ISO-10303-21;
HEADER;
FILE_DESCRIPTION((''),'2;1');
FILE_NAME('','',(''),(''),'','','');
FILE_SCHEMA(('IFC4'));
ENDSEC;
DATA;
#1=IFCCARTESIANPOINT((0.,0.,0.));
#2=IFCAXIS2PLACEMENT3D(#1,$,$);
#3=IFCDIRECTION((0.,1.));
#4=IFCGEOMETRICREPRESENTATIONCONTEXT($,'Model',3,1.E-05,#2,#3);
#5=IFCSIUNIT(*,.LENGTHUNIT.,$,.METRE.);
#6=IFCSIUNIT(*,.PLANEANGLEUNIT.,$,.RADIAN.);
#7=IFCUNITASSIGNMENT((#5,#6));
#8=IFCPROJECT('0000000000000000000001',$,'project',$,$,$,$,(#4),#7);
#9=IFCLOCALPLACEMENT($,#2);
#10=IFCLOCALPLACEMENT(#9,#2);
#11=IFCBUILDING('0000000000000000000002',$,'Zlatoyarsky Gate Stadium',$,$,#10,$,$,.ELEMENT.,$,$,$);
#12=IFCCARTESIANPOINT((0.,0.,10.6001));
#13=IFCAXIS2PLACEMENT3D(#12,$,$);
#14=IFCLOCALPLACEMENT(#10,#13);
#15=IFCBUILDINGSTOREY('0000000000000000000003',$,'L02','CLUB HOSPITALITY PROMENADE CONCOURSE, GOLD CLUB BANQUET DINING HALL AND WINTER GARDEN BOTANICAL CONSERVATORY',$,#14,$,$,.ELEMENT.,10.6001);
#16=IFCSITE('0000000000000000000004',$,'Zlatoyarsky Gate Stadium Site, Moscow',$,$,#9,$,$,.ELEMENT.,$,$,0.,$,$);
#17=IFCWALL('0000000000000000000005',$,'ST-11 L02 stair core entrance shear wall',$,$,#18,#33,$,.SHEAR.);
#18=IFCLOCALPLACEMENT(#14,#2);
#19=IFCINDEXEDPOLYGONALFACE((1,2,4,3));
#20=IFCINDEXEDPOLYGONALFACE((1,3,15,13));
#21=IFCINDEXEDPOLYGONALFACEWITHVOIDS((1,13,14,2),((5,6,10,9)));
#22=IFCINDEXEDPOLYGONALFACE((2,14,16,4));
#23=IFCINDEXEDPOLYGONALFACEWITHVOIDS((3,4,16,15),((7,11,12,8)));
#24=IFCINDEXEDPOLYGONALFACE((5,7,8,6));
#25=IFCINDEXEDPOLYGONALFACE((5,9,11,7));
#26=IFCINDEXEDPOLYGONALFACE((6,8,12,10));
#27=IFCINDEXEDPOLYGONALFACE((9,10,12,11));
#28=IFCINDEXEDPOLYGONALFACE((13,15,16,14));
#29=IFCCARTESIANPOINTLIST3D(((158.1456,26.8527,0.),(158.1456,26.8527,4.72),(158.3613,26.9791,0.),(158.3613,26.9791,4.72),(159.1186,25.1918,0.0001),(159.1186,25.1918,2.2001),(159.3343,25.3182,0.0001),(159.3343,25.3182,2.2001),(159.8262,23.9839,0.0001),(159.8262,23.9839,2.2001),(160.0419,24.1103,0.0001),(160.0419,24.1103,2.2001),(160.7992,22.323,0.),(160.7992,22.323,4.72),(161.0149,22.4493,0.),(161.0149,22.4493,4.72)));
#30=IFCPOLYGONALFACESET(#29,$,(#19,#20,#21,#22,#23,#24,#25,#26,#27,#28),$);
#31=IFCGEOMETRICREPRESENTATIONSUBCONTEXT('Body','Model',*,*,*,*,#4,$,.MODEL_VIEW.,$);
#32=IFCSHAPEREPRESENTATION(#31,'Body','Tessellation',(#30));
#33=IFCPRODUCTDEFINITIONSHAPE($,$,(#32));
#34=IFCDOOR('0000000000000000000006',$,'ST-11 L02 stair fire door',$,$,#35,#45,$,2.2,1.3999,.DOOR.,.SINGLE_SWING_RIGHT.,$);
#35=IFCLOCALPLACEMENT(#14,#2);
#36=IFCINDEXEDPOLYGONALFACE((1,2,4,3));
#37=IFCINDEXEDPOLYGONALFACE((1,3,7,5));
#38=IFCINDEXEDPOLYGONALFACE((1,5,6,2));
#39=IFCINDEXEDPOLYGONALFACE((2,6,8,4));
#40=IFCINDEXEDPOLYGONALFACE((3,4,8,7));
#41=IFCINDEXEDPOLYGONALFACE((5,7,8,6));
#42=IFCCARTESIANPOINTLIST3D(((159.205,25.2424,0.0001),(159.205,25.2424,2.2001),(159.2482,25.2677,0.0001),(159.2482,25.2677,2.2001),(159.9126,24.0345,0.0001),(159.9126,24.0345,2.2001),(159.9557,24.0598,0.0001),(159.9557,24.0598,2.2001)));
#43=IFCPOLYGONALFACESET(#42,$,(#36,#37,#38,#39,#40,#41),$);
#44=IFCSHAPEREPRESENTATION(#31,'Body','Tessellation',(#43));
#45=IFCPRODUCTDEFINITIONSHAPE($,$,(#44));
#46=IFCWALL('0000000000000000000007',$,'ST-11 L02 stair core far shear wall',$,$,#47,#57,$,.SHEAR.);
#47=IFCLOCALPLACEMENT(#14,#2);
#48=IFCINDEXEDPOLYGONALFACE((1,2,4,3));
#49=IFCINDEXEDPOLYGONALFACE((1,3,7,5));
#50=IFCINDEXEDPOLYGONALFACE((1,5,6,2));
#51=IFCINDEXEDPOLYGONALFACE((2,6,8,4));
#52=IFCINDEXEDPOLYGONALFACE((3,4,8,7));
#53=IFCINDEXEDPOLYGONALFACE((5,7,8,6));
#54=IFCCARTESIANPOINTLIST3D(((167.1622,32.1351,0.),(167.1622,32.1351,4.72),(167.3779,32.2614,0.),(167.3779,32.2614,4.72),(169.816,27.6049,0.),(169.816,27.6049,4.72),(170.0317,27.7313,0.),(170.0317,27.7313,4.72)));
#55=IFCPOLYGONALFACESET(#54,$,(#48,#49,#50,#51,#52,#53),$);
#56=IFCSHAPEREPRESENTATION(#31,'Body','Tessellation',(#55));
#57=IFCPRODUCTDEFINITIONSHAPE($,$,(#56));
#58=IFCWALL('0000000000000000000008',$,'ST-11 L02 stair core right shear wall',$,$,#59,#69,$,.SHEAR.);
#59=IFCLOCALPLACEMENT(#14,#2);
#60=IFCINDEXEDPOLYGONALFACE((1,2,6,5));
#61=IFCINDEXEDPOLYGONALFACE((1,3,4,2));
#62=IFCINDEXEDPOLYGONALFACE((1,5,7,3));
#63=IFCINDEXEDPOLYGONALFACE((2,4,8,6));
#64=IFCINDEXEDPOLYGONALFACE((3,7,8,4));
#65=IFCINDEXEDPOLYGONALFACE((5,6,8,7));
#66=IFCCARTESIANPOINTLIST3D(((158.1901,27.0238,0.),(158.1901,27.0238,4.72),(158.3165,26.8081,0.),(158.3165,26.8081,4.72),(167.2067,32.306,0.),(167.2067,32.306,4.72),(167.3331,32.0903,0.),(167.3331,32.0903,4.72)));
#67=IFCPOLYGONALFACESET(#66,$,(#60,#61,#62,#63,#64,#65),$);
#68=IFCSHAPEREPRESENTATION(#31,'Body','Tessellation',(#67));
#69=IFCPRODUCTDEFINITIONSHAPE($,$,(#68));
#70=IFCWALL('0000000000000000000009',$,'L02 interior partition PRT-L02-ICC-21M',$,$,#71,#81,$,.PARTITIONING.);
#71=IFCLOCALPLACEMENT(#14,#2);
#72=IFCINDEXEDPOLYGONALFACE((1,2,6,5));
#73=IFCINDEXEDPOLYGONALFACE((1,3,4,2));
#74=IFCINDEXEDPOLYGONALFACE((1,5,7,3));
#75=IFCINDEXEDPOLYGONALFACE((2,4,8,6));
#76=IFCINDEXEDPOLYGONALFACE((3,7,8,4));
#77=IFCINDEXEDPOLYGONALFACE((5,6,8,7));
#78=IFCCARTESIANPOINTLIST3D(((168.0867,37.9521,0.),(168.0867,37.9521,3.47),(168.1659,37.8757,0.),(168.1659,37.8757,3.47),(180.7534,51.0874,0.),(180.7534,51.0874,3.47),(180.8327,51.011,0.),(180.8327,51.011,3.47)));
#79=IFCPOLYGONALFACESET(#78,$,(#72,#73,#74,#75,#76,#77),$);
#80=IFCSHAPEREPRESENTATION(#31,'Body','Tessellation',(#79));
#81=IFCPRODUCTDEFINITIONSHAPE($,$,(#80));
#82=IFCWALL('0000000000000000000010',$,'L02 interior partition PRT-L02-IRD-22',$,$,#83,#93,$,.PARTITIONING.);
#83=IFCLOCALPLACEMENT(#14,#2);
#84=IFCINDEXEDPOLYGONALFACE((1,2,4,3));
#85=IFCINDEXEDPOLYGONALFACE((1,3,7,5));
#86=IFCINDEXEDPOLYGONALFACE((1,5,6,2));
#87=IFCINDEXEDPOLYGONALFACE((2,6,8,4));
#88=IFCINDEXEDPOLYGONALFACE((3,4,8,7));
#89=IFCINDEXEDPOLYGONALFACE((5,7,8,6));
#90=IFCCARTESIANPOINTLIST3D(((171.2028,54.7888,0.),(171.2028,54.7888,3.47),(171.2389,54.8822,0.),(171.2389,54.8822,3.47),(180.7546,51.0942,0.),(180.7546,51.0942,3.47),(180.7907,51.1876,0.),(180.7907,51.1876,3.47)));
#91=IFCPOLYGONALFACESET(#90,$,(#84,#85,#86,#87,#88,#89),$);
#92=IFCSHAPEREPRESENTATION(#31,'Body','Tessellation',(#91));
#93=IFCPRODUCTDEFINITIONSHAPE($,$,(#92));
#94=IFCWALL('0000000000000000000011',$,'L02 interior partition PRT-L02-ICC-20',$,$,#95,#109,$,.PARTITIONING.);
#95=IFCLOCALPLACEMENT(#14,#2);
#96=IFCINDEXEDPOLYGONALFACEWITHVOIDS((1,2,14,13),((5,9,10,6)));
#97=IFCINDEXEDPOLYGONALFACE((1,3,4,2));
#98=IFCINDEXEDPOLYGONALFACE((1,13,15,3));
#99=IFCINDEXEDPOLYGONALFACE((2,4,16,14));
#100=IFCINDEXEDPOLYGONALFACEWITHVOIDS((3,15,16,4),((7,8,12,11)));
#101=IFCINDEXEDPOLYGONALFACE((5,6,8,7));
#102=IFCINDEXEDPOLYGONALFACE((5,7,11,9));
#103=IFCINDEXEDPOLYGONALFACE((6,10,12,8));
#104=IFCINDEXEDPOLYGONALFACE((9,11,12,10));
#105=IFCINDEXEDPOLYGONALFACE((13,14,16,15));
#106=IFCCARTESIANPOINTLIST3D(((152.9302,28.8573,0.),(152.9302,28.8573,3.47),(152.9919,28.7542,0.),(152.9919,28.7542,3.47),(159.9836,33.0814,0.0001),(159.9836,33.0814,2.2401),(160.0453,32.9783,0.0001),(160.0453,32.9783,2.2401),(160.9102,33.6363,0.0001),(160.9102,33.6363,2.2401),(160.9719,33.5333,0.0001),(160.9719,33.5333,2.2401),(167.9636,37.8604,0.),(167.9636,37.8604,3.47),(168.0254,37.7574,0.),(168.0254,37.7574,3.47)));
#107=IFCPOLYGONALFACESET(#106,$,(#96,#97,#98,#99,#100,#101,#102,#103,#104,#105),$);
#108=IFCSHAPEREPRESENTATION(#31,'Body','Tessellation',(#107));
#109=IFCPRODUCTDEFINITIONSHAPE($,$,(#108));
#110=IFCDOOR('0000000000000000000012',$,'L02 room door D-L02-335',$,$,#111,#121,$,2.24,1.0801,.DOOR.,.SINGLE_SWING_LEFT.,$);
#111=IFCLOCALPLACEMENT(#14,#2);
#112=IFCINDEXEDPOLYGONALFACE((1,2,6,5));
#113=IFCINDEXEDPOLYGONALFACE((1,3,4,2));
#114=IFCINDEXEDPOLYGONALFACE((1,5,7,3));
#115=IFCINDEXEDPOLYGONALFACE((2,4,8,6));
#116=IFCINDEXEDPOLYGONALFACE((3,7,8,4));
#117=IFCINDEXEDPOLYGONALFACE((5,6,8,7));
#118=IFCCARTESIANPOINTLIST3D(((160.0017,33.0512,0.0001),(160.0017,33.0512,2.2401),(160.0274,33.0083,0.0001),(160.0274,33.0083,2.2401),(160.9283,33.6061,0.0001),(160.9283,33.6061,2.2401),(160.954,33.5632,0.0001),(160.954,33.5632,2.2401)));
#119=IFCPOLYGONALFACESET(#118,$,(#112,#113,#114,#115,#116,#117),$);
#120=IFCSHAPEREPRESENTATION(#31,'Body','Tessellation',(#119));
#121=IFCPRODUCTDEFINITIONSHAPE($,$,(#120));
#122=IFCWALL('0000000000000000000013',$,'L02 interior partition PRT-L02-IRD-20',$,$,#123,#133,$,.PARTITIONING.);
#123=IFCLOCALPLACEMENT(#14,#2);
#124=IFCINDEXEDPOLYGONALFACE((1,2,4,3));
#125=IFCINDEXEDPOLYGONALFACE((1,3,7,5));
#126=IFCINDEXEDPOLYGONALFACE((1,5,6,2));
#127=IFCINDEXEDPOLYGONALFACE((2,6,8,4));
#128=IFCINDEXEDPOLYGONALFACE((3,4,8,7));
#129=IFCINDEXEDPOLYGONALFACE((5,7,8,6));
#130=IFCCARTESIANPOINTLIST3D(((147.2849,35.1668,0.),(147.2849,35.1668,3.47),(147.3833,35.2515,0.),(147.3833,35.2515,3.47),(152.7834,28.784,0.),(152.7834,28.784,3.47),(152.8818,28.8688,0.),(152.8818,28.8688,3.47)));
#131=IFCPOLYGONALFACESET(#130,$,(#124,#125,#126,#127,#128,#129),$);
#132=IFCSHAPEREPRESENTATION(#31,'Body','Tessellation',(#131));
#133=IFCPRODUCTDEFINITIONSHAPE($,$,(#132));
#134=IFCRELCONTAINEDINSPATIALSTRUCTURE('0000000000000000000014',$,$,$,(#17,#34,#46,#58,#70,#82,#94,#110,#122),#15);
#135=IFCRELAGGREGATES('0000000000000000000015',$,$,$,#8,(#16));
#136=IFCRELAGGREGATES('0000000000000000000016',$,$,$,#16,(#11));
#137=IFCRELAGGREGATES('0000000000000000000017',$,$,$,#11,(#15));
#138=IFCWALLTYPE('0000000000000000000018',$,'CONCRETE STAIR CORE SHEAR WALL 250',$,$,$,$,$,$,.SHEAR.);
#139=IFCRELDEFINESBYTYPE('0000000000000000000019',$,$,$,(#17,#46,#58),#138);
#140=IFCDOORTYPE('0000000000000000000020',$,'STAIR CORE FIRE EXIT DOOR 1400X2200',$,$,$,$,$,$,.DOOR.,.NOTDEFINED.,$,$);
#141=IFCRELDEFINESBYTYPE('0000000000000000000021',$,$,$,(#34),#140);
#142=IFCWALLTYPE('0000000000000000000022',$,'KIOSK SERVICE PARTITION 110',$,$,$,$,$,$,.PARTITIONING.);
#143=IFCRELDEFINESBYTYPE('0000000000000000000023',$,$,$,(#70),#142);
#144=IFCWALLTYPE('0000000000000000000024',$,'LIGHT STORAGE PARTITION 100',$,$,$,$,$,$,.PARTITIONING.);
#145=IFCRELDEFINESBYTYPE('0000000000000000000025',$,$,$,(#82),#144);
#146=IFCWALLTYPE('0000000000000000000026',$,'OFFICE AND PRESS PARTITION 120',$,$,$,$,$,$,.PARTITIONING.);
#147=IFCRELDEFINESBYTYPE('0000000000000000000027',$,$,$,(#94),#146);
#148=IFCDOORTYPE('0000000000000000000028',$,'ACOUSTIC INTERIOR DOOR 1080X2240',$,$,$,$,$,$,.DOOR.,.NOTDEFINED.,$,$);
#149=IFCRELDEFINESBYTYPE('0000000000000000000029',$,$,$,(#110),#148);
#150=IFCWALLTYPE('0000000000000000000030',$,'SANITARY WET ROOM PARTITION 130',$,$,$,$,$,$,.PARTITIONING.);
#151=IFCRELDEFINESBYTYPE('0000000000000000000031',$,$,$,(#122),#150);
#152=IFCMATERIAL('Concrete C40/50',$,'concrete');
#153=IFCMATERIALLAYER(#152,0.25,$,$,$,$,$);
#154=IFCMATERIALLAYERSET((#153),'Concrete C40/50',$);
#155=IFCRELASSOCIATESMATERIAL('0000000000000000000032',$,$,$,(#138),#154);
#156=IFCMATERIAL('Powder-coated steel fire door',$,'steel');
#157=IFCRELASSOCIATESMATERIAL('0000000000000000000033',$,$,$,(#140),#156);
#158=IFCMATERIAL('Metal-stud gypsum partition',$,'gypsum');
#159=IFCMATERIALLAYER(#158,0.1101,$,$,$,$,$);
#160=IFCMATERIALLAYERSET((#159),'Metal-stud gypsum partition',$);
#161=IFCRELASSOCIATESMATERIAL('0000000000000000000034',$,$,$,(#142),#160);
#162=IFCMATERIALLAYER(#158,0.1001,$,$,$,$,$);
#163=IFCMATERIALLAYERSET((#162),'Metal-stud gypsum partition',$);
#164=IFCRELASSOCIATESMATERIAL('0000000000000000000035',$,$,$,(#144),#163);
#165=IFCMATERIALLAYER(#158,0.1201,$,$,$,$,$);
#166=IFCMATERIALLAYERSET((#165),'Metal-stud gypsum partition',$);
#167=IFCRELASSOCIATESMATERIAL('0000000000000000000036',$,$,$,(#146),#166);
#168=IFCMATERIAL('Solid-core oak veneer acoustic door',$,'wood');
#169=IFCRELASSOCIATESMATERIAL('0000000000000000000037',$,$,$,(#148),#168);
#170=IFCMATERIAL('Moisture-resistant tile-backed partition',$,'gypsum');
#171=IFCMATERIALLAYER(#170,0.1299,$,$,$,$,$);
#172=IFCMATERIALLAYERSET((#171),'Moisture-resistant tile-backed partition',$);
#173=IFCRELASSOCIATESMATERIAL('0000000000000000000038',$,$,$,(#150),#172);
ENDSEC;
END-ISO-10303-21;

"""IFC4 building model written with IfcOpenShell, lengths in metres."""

from ifc_helpers import new_model, si_unit, direction, frame, frame_2d, origin, place, context, subcontext, project, spatial, rectangle, extrude, material, layer, layer_set, type_object, element, fill, save


model = new_model("IFC4")

# Units and contexts
model_context = context("Model", 3, precision=1e-05, world=origin(), true_north=direction((0.0, 1.0)))
body_context = subcontext(model_context, "Body", "Model", "MODEL_VIEW")
ifc_project = project(units=[si_unit("LENGTHUNIT", "METRE"), si_unit("PLANEANGLEUNIT", "RADIAN")], contexts=[model_context])

# Site, building, storey
site_placement = place(None, origin())
site = spatial("IfcSite", under=ifc_project, at=site_placement, Name="Zlatoyarsky Gate Stadium Site, Moscow", CompositionType="ELEMENT", RefElevation=0.0)
building_placement = place(site_placement, origin())
building = spatial("IfcBuilding", under=site, at=building_placement, Name="Zlatoyarsky Gate Stadium", CompositionType="ELEMENT")
storey_placement = place(building_placement, frame((0.0, 0.0, 10.6001)))
storey = spatial("IfcBuildingStorey", under=building, at=storey_placement, Name="L02", Description="CLUB HOSPITALITY PROMENADE CONCOURSE, GOLD CLUB BANQUET DINING HALL AND WINTER GARDEN BOTANICAL CONSERVATORY", CompositionType="ELEMENT", Elevation=10.6001)

# Shared definitions
ifc_material_1 = material(Name="Concrete C40/50", Category="concrete")

# Wall, opening, door
ifc_material_2 = material(Name="Solid-core oak veneer acoustic door", Category="wood")
ifc_layer_1 = layer(ifc_material_1, 0.25)
ifc_layer_set_1 = layer_set([ifc_layer_1], Name="Concrete C40/50")
wall_type_1 = type_object("IfcWallType", Name="CONCRETE STAIR CORE SHEAR WALL 250", PredefinedType="SHEAR", material=ifc_layer_set_1)
wall_1_placement = place(storey_placement, frame((158.2534, 26.916, 0.0), z_axis=(0.0, 0.0, 1.0), x_axis=(0.50546, -0.86285, 0.0)))
wall_1 = element("IfcWall", 1, at=wall_1_placement, inside=storey, type_object=wall_type_1, Name="ST-11 L02 stair core entrance shear wall", PredefinedType="SHEAR", context=body_context, shape_type="SweptSolid", body=[
    extrude(rectangle(XDim=5.2498, YDim=0.25, at=frame_2d((2.625, 0.0))), origin(), (0.0, 0.0, 1.0), 4.72),
])
opening_1_placement = place(wall_1_placement, frame((1.925, 0.0, 0.0)))
opening_1 = element("IfcOpeningElement", 2, at=opening_1_placement, cuts=wall_1, PredefinedType="OPENING", context=body_context, shape_type="SweptSolid", body=[
    extrude(rectangle(XDim=1.3999, YDim=2.2, at=frame_2d((0.7, 1.1001))), frame((0.0, 0.135, 0.0), z_axis=(0.0, -1.0, 0.0), x_axis=(1.0, 0.0, 0.0)), (0.0, 0.0, 1.0), 0.27),
])
ifc_material_3 = material(Name="Powder-coated steel fire door", Category="steel")
door_type_1 = type_object("IfcDoorType", Name="STAIR CORE FIRE EXIT DOOR 1400X2200", OperationType="NOTDEFINED", PredefinedType="DOOR", material=ifc_material_3)
door_1_placement = place(opening_1_placement, frame((1.3999, 0.0, 0.0), z_axis=(0.0, 0.0, 1.0), x_axis=(-1.0, 0.0, 0.0)))
door_1 = element("IfcDoor", 3, at=door_1_placement, inside=storey, type_object=door_type_1, Name="ST-11 L02 stair fire door", OperationType="SINGLE_SWING_RIGHT", OverallHeight=2.2, OverallWidth=1.3999, PredefinedType="DOOR", context=body_context, shape_type="SweptSolid", body=[
    extrude(rectangle(XDim=1.3999, YDim=2.2, at=frame_2d((0.7, 1.1001))), frame((0.0, 0.0249, 0.0), z_axis=(0.0, -1.0, 0.0), x_axis=(1.0, 0.0, 0.0)), (0.0, 0.0, 1.0), 0.05),
])
fill(opening_1, door_1)

# Walls
wall_2_placement = place(storey_placement, frame((169.9238, 27.6682, 0.0), z_axis=(0.0, 0.0, 1.0), x_axis=(-0.505475, 0.862841, 0.0)))
element("IfcWall", 4, at=wall_2_placement, inside=storey, type_object=wall_type_1, Name="ST-11 L02 stair core far shear wall", PredefinedType="SHEAR", context=body_context, shape_type="SweptSolid", body=[
    extrude(rectangle(XDim=5.2502, YDim=0.25, at=frame_2d((2.625, 0.0))), origin(), (0.0, 0.0, 1.0), 4.72),
])
wall_3_placement = place(storey_placement, frame((167.27, 32.1982, 0.0), z_axis=(0.0, 0.0, 1.0), x_axis=(-0.862839, -0.50548, 0.0)))
element("IfcWall", 5, at=wall_3_placement, inside=storey, type_object=wall_type_1, Name="ST-11 L02 stair core right shear wall", PredefinedType="SHEAR", context=body_context, shape_type="SweptSolid", body=[
    extrude(rectangle(XDim=10.45, YDim=0.25, at=frame_2d((5.2251, 0.0))), origin(), (0.0, 0.0, 1.0), 4.72),
])
ifc_material_4 = material(Name="Metal-stud gypsum partition", Category="gypsum")
ifc_layer_2 = layer(ifc_material_4, 0.1101)
ifc_layer_set_2 = layer_set([ifc_layer_2], Name="Metal-stud gypsum partition")
wall_type_2 = type_object("IfcWallType", Name="KIOSK SERVICE PARTITION 110", PredefinedType="PARTITIONING", material=ifc_layer_set_2)
wall_4_placement = place(storey_placement, frame((168.1262, 37.9138, 0.0), z_axis=(0.0, 0.0, 1.0), x_axis=(0.694153, 0.719828, 0.0)))
element("IfcWall", 6, at=wall_4_placement, inside=storey, type_object=wall_type_2, Name="L02 interior partition PRT-L02-ICC-21M", PredefinedType="PARTITIONING", context=body_context, shape_type="SweptSolid", body=[
    extrude(rectangle(XDim=18.2478, YDim=0.1101, at=frame_2d((9.124, 0.0))), origin(), (0.0, 0.0, 1.0), 3.47),
])
ifc_layer_3 = layer(ifc_material_4, 0.1001)
ifc_layer_set_3 = layer_set([ifc_layer_3], Name="Metal-stud gypsum partition")
wall_type_3 = type_object("IfcWallType", Name="LIGHT STORAGE PARTITION 100", PredefinedType="PARTITIONING", material=ifc_layer_set_3)
wall_5_placement = place(storey_placement, frame((171.2209, 54.8354, 0.0), z_axis=(0.0, 0.0, 1.0), x_axis=(0.932663, -0.36075, 0.0)))
element("IfcWall", 7, at=wall_5_placement, inside=storey, type_object=wall_type_3, Name="L02 interior partition PRT-L02-IRD-22", PredefinedType="PARTITIONING", context=body_context, shape_type="SweptSolid", body=[
    extrude(rectangle(XDim=10.2415, YDim=0.1001, at=frame_2d((5.1206, 0.0))), origin(), (0.0, 0.0, 1.0), 3.47),
])

# Wall, opening, door
ifc_layer_4 = layer(ifc_material_4, 0.1201)
ifc_layer_set_4 = layer_set([ifc_layer_4], Name="Metal-stud gypsum partition")
wall_type_4 = type_object("IfcWallType", Name="OFFICE AND PRESS PARTITION 120", PredefinedType="PARTITIONING", material=ifc_layer_set_4)
wall_6_placement = place(storey_placement, frame((152.9609, 28.8057, 0.0), z_axis=(0.0, 0.0, 1.0), x_axis=(0.857918, 0.513787, 0.0)))
wall_6 = element("IfcWall", 8, at=wall_6_placement, inside=storey, type_object=wall_type_4, Name="L02 interior partition PRT-L02-ICC-20", PredefinedType="PARTITIONING", context=body_context, shape_type="SweptSolid", body=[
    extrude(rectangle(XDim=17.5232, YDim=0.1201, at=frame_2d((8.7617, 0.0))), origin(), (0.0, 0.0, 1.0), 3.47),
])
opening_2_placement = place(wall_6_placement, frame((8.2217, 0.0, 0.0)))
opening_2 = element("IfcOpeningElement", 9, at=opening_2_placement, cuts=wall_6, PredefinedType="OPENING", context=body_context, shape_type="SweptSolid", body=[
    extrude(rectangle(XDim=1.0801, YDim=2.24, at=frame_2d((0.54, 1.1201))), frame((0.0, 0.0701, 0.0), z_axis=(0.0, -1.0, 0.0), x_axis=(1.0, 0.0, 0.0)), (0.0, 0.0, 1.0), 0.1401),
])
door_type_2 = type_object("IfcDoorType", Name="ACOUSTIC INTERIOR DOOR 1080X2240", OperationType="NOTDEFINED", PredefinedType="DOOR", material=ifc_material_2)
door_2_placement = place(opening_2_placement, origin())
door_2 = element("IfcDoor", 10, at=door_2_placement, inside=storey, type_object=door_type_2, Name="L02 room door D-L02-335", OperationType="SINGLE_SWING_LEFT", OverallHeight=2.24, OverallWidth=1.0801, PredefinedType="DOOR", context=body_context, shape_type="SweptSolid", body=[
    extrude(rectangle(XDim=1.0801, YDim=2.24, at=frame_2d((0.54, 1.1201))), frame((0.0, 0.0249, 0.0), z_axis=(0.0, -1.0, 0.0), x_axis=(1.0, 0.0, 0.0)), (0.0, 0.0, 1.0), 0.05),
])
fill(opening_2, door_2)

# Wall
ifc_material_5 = material(Name="Moisture-resistant tile-backed partition", Category="gypsum")
ifc_layer_5 = layer(ifc_material_5, 0.1299)
ifc_layer_set_5 = layer_set([ifc_layer_5], Name="Moisture-resistant tile-backed partition")
wall_type_5 = type_object("IfcWallType", Name="SANITARY WET ROOM PARTITION 130", PredefinedType="PARTITIONING", material=ifc_layer_set_5)
wall_7_placement = place(storey_placement, frame((147.334, 35.2092, 0.0), z_axis=(0.0, 0.0, 1.0), x_axis=(0.652675, -0.757638, 0.0)))
element("IfcWall", 11, at=wall_7_placement, inside=storey, type_object=wall_type_5, Name="L02 interior partition PRT-L02-IRD-20", PredefinedType="PARTITIONING", context=body_context, shape_type="SweptSolid", body=[
    extrude(rectangle(XDim=8.4246, YDim=0.1299, at=frame_2d((4.2124, 0.0))), origin(), (0.0, 0.0, 1.0), 3.47),
])

save(model, "model.ifc")
